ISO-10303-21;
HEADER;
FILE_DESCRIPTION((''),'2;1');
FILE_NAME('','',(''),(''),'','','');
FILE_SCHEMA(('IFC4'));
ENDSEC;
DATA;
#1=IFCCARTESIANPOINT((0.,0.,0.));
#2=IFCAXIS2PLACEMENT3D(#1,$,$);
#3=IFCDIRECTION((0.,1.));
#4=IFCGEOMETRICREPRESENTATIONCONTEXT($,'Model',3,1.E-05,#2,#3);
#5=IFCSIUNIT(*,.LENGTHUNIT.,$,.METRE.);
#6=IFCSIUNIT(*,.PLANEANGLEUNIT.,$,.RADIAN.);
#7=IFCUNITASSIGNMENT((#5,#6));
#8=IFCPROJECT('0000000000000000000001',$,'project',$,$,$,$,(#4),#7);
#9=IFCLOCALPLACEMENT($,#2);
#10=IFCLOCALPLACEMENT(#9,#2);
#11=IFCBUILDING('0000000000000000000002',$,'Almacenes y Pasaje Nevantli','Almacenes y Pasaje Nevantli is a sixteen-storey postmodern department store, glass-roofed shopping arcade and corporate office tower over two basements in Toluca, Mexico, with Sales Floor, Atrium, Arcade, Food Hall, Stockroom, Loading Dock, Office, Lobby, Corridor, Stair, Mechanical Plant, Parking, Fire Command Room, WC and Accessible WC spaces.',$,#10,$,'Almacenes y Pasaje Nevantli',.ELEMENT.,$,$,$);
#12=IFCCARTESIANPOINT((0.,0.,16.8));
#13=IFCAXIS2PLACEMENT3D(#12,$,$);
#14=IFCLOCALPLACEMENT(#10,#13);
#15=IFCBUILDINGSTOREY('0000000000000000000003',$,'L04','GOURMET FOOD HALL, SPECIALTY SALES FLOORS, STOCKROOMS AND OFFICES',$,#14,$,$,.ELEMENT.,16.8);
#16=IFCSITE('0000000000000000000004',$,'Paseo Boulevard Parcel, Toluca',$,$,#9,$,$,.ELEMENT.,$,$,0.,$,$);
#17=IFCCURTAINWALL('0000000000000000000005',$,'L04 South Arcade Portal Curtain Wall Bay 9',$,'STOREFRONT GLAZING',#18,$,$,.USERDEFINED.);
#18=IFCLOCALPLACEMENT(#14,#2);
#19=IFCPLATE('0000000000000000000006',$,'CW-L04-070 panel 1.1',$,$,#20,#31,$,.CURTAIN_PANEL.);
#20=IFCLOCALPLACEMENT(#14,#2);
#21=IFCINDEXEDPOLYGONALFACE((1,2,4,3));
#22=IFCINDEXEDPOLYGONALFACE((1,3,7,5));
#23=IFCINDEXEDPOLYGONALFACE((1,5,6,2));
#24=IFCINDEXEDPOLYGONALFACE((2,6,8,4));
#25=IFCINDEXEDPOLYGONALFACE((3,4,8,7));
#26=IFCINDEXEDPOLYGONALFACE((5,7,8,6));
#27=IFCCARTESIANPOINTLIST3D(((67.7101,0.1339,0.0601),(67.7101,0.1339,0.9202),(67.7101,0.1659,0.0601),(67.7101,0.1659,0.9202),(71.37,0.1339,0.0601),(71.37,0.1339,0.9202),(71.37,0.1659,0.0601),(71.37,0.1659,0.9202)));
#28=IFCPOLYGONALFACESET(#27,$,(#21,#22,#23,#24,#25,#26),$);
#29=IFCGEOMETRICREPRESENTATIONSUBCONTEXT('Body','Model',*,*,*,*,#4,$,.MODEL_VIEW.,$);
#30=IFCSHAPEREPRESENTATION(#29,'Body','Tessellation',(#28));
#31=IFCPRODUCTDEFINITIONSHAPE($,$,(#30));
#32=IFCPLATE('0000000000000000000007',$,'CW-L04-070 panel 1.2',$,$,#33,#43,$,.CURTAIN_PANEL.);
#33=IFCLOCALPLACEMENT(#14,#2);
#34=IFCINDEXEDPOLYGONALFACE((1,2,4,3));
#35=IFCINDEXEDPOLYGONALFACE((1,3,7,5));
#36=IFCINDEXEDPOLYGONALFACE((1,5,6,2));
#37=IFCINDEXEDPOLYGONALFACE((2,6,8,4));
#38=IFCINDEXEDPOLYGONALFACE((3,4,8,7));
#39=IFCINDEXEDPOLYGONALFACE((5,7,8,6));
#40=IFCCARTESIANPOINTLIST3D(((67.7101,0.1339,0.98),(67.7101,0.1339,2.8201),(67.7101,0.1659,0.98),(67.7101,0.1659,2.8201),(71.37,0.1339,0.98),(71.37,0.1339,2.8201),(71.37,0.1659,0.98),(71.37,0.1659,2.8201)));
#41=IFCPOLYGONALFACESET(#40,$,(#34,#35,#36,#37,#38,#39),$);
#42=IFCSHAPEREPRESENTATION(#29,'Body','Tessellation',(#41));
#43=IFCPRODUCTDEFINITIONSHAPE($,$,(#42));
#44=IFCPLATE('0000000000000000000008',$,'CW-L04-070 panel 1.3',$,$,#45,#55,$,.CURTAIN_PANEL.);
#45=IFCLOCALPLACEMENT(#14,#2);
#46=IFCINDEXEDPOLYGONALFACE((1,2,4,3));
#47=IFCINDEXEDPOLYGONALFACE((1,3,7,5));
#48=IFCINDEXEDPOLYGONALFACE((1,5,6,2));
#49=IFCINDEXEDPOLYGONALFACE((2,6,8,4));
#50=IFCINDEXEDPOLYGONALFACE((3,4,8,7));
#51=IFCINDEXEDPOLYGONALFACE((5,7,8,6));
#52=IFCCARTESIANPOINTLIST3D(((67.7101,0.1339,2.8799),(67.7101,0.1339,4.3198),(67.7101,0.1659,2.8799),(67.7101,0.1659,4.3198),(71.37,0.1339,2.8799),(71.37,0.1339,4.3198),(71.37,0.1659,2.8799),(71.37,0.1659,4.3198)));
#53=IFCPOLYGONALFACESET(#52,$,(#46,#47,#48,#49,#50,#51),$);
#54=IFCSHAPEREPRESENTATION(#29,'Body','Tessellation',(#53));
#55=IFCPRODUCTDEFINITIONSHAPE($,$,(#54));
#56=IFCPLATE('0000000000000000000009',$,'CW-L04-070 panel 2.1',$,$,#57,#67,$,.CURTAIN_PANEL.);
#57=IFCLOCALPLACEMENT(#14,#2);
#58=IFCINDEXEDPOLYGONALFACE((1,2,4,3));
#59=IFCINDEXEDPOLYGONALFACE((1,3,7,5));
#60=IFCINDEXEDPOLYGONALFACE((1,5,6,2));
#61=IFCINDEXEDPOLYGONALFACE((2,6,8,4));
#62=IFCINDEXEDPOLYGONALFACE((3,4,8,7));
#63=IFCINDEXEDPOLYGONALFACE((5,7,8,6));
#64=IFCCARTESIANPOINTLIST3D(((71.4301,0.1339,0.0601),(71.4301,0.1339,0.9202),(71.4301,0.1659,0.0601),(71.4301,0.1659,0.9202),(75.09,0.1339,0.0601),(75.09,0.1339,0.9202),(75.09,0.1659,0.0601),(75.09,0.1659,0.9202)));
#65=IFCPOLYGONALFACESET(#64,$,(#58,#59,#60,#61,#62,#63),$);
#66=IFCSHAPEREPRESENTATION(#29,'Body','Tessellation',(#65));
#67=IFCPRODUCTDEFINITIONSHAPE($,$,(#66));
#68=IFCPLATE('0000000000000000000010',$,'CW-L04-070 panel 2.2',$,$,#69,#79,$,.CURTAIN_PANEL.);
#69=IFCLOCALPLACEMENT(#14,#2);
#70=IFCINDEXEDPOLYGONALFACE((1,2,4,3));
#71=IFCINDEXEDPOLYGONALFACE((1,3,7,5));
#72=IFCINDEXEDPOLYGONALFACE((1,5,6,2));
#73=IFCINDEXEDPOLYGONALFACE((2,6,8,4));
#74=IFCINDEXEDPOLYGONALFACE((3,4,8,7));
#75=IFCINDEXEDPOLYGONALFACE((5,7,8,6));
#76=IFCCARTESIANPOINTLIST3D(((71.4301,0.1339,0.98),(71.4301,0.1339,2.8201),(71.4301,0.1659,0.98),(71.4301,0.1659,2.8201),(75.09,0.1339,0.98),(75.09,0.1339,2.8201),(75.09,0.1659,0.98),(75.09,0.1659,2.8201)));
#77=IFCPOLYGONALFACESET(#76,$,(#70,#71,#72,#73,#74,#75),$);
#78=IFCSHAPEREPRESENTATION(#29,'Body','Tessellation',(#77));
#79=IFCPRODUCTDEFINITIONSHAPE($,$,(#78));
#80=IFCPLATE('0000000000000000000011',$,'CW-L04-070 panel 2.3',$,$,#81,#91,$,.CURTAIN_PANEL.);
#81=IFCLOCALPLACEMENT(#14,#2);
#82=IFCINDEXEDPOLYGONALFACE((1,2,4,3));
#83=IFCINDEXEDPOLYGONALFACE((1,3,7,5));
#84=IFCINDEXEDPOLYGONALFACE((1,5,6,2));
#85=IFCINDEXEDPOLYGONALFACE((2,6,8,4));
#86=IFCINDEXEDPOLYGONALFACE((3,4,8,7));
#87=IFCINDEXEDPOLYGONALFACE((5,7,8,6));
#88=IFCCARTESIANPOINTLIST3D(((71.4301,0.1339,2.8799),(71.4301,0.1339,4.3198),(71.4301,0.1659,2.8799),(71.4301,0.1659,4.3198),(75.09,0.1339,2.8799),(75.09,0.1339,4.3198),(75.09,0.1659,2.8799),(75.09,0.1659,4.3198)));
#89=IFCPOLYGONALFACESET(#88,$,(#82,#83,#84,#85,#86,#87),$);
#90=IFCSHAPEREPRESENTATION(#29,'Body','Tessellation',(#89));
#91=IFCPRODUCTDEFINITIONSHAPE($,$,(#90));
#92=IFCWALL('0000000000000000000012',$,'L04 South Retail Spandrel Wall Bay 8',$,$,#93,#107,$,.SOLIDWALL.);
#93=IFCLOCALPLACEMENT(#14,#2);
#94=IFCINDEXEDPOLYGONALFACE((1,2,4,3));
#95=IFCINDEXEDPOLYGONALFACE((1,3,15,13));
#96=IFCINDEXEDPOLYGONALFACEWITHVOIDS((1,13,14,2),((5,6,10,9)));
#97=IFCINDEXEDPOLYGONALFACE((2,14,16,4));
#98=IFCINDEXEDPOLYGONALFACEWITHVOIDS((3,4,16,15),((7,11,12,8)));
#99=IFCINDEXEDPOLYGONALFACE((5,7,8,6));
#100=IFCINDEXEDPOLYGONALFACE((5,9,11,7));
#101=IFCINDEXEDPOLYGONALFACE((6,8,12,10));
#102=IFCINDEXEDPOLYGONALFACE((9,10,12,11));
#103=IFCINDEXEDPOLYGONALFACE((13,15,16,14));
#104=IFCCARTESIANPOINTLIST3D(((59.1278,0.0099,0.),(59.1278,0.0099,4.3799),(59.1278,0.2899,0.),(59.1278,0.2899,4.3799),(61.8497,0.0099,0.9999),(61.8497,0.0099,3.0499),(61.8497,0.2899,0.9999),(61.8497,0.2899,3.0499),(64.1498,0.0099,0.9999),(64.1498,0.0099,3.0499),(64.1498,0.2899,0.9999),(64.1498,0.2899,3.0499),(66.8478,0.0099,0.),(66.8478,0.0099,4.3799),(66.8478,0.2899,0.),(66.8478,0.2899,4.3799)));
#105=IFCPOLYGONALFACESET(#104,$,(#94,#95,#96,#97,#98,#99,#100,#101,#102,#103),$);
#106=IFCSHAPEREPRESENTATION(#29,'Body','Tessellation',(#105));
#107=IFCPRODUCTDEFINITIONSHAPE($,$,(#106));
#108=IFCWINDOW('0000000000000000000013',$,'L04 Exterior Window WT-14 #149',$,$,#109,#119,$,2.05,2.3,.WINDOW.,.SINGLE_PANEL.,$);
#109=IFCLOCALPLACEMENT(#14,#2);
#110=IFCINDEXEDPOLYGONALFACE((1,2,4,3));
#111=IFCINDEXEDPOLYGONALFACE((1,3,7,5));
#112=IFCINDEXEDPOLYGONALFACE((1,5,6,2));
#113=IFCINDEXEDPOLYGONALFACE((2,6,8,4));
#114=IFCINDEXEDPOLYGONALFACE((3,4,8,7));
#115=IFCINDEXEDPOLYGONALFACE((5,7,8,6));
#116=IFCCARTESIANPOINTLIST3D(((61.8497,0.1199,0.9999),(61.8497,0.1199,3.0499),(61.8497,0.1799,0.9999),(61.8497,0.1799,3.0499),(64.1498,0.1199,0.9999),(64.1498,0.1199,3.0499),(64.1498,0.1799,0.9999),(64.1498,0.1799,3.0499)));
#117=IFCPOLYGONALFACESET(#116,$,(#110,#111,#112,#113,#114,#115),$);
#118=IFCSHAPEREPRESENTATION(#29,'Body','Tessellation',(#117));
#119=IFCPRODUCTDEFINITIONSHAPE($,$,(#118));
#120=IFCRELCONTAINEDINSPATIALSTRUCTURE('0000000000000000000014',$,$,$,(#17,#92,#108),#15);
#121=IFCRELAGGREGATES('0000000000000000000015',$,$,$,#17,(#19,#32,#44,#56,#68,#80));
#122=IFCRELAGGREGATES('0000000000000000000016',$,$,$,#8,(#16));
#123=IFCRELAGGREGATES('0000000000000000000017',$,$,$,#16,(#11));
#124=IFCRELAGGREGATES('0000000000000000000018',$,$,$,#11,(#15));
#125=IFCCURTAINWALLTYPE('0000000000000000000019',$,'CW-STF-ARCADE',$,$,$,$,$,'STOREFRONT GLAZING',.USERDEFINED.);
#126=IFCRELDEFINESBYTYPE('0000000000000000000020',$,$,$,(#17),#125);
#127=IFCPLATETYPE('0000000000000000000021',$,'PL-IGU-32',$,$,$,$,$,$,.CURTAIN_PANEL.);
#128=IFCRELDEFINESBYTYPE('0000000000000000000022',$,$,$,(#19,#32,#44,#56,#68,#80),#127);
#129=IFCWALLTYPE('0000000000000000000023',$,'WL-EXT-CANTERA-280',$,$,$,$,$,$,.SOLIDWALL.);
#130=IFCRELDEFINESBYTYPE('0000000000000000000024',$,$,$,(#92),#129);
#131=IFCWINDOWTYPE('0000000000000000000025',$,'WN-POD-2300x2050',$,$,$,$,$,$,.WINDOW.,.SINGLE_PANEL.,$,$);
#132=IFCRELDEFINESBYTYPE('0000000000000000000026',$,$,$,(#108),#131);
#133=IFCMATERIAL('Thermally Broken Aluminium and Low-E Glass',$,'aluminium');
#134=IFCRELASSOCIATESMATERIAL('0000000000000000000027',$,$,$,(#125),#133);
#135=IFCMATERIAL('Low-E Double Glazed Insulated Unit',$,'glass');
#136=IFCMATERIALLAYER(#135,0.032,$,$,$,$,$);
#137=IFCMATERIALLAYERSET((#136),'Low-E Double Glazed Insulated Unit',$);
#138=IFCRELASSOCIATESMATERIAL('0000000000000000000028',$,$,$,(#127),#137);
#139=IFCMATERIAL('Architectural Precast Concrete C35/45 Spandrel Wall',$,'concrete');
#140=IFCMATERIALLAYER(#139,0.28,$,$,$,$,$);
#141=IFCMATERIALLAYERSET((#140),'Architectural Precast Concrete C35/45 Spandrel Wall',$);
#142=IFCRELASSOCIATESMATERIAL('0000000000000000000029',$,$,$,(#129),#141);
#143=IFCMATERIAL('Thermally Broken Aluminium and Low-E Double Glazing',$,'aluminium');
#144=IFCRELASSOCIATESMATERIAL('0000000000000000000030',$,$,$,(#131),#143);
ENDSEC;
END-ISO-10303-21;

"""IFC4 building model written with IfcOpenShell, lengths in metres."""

from ifc_helpers import new_model, si_unit, direction, frame, frame_2d, origin, origin_2d, place, context, subcontext, project, spatial, rectangle, extrude, material, layer, layer_set, type_object, element, fill, aggregate, save


model = new_model("IFC4")

# Units and contexts
model_context = context("Model", 3, precision=1e-05, world=origin(), true_north=direction((0.0, 1.0)))
body_context = subcontext(model_context, "Body", "Model", "MODEL_VIEW")
ifc_project = project(units=[si_unit("LENGTHUNIT", "METRE"), si_unit("PLANEANGLEUNIT", "RADIAN")], contexts=[model_context])

# Site, building, storey
site_placement = place(None, origin())
site = spatial("IfcSite", under=ifc_project, at=site_placement, Name="Paseo Boulevard Parcel, Toluca", CompositionType="ELEMENT", RefElevation=0.0)
building_placement = place(site_placement, origin())
building = spatial("IfcBuilding", under=site, at=building_placement, Name="Almacenes y Pasaje Nevantli", Description="Almacenes y Pasaje Nevantli is a sixteen-storey postmodern department store, glass-roofed shopping arcade and corporate office tower over two basements in Toluca, Mexico, with Sales Floor, Atrium, Arcade, Food Hall, Stockroom, Loading Dock, Office, Lobby, Corridor, Stair, Mechanical Plant, Parking, Fire Command Room, WC and Accessible WC spaces.", LongName="Almacenes y Pasaje Nevantli", CompositionType="ELEMENT")
storey_placement = place(building_placement, frame((0.0, 0.0, 16.8)))
storey = spatial("IfcBuildingStorey", under=building, at=storey_placement, Name="L04", Description="GOURMET FOOD HALL, SPECIALTY SALES FLOORS, STOCKROOMS AND OFFICES", CompositionType="ELEMENT", Elevation=16.8)

# Curtain wall
ifc_material_1 = material(Name="Thermally Broken Aluminium and Low-E Glass", Category="aluminium")
curtain_wall_type = type_object("IfcCurtainWallType", Name="CW-STF-ARCADE", ElementType="STOREFRONT GLAZING", PredefinedType="USERDEFINED", material=ifc_material_1)
curtain_wall_1_placement = place(storey_placement, origin())
curtain_wall_1 = element("IfcCurtainWall", 1, at=curtain_wall_1_placement, inside=storey, type_object=curtain_wall_type, Name="L04 South Arcade Portal Curtain Wall Bay 9", ObjectType="STOREFRONT GLAZING", PredefinedType="USERDEFINED")

# Plates
ifc_material_2 = material(Name="Low-E Double Glazed Insulated Unit", Category="glass")
ifc_layer_1 = layer(ifc_material_2, 0.032)
ifc_layer_set_1 = layer_set([ifc_layer_1], Name="Low-E Double Glazed Insulated Unit")
plate_type = type_object("IfcPlateType", Name="PL-IGU-32", PredefinedType="CURTAIN_PANEL", material=ifc_layer_set_1)
plate_1_placement = place(storey_placement, frame((69.54, 0.1499, 0.0601), z_axis=(0.0, 0.0, 1.0), x_axis=(1.0, 0.0, 0.0)))
plate_1 = element("IfcPlate", 2, at=plate_1_placement, type_object=plate_type, Name="CW-L04-070 panel 1.1", PredefinedType="CURTAIN_PANEL", context=body_context, shape_type="SweptSolid", body=[
    extrude(rectangle(XDim=3.6599, YDim=0.032, at=origin_2d()), origin(), (0.0, 0.0, 1.0), 0.8601),
])
plate_2_placement = place(storey_placement, frame((69.54, 0.1499, 0.98), z_axis=(0.0, 0.0, 1.0), x_axis=(1.0, 0.0, 0.0)))
plate_2 = element("IfcPlate", 3, at=plate_2_placement, type_object=plate_type, Name="CW-L04-070 panel 1.2", PredefinedType="CURTAIN_PANEL", context=body_context, shape_type="SweptSolid", body=[
    extrude(rectangle(XDim=3.6599, YDim=0.032, at=origin_2d()), origin(), (0.0, 0.0, 1.0), 1.8401),
])
plate_3_placement = place(storey_placement, frame((69.54, 0.1499, 2.8799), z_axis=(0.0, 0.0, 1.0), x_axis=(1.0, 0.0, 0.0)))
plate_3 = element("IfcPlate", 4, at=plate_3_placement, type_object=plate_type, Name="CW-L04-070 panel 1.3", PredefinedType="CURTAIN_PANEL", context=body_context, shape_type="SweptSolid", body=[
    extrude(rectangle(XDim=3.6599, YDim=0.032, at=origin_2d()), origin(), (0.0, 0.0, 1.0), 1.4399),
])
plate_4_placement = place(storey_placement, frame((73.26, 0.1499, 0.0601), z_axis=(0.0, 0.0, 1.0), x_axis=(1.0, 0.0, 0.0)))
plate_4 = element("IfcPlate", 5, at=plate_4_placement, type_object=plate_type, Name="CW-L04-070 panel 2.1", PredefinedType="CURTAIN_PANEL", context=body_context, shape_type="SweptSolid", body=[
    extrude(rectangle(XDim=3.6599, YDim=0.032, at=origin_2d()), origin(), (0.0, 0.0, 1.0), 0.8601),
])
plate_5_placement = place(storey_placement, frame((73.26, 0.1499, 0.98), z_axis=(0.0, 0.0, 1.0), x_axis=(1.0, 0.0, 0.0)))
plate_5 = element("IfcPlate", 6, at=plate_5_placement, type_object=plate_type, Name="CW-L04-070 panel 2.2", PredefinedType="CURTAIN_PANEL", context=body_context, shape_type="SweptSolid", body=[
    extrude(rectangle(XDim=3.6599, YDim=0.032, at=origin_2d()), origin(), (0.0, 0.0, 1.0), 1.8401),
])
plate_6_placement = place(storey_placement, frame((73.26, 0.1499, 2.8799), z_axis=(0.0, 0.0, 1.0), x_axis=(1.0, 0.0, 0.0)))
plate_6 = element("IfcPlate", 7, at=plate_6_placement, type_object=plate_type, Name="CW-L04-070 panel 2.3", PredefinedType="CURTAIN_PANEL", context=body_context, shape_type="SweptSolid", body=[
    extrude(rectangle(XDim=3.6599, YDim=0.032, at=origin_2d()), origin(), (0.0, 0.0, 1.0), 1.4399),
])
aggregate(curtain_wall_1, [plate_1, plate_2, plate_3, plate_4, plate_5, plate_6])

# Wall, opening, window
ifc_material_3 = material(Name="Architectural Precast Concrete C35/45 Spandrel Wall", Category="concrete")
ifc_layer_2 = layer(ifc_material_3, 0.28)
ifc_layer_set_2 = layer_set([ifc_layer_2], Name="Architectural Precast Concrete C35/45 Spandrel Wall")
wall_type = type_object("IfcWallType", Name="WL-EXT-CANTERA-280", PredefinedType="SOLIDWALL", material=ifc_layer_set_2)
wall_placement = place(storey_placement, frame((59.1279, 0.1499, 0.0), z_axis=(0.0, 0.0, 1.0), x_axis=(1.0, 0.0, 0.0)))
wall = element("IfcWall", 8, at=wall_placement, inside=storey, type_object=wall_type, Name="L04 South Retail Spandrel Wall Bay 8", PredefinedType="SOLIDWALL", context=body_context, shape_type="SweptSolid", body=[
    extrude(rectangle(XDim=7.72, YDim=0.28, at=frame_2d((3.8599, 0.0))), origin(), (0.0, 0.0, 1.0), 4.3799),
])
opening_placement = place(wall_placement, frame((2.7219, 0.0, 1.0)))
opening = element("IfcOpeningElement", 9, at=opening_placement, cuts=wall, PredefinedType="OPENING", context=body_context, shape_type="SweptSolid", body=[
    extrude(rectangle(XDim=2.3, YDim=2.05, at=frame_2d((1.1499, 1.0249))), frame((0.0, 0.1499, 0.0), z_axis=(0.0, -1.0, 0.0), x_axis=(1.0, 0.0, 0.0)), (0.0, 0.0, 1.0), 0.3),
])
ifc_material_4 = material(Name="Thermally Broken Aluminium and Low-E Double Glazing", Category="aluminium")
window_type = type_object("IfcWindowType", Name="WN-POD-2300x2050", PartitioningType="SINGLE_PANEL", PredefinedType="WINDOW", material=ifc_material_4)
window_placement = place(opening_placement, origin())
window = element("IfcWindow", 10, at=window_placement, inside=storey, type_object=window_type, Name="L04 Exterior Window WT-14 #149", OverallHeight=2.05, OverallWidth=2.3, PartitioningType="SINGLE_PANEL", PredefinedType="WINDOW", context=body_context, shape_type="SweptSolid", body=[
    extrude(rectangle(XDim=2.3, YDim=2.05, at=frame_2d((1.1499, 1.0249))), frame((0.0, 0.03, 0.0), z_axis=(0.0, -1.0, 0.0), x_axis=(1.0, 0.0, 0.0)), (0.0, 0.0, 1.0), 0.0601),
])
fill(opening, window)

save(model, "model.ifc")
